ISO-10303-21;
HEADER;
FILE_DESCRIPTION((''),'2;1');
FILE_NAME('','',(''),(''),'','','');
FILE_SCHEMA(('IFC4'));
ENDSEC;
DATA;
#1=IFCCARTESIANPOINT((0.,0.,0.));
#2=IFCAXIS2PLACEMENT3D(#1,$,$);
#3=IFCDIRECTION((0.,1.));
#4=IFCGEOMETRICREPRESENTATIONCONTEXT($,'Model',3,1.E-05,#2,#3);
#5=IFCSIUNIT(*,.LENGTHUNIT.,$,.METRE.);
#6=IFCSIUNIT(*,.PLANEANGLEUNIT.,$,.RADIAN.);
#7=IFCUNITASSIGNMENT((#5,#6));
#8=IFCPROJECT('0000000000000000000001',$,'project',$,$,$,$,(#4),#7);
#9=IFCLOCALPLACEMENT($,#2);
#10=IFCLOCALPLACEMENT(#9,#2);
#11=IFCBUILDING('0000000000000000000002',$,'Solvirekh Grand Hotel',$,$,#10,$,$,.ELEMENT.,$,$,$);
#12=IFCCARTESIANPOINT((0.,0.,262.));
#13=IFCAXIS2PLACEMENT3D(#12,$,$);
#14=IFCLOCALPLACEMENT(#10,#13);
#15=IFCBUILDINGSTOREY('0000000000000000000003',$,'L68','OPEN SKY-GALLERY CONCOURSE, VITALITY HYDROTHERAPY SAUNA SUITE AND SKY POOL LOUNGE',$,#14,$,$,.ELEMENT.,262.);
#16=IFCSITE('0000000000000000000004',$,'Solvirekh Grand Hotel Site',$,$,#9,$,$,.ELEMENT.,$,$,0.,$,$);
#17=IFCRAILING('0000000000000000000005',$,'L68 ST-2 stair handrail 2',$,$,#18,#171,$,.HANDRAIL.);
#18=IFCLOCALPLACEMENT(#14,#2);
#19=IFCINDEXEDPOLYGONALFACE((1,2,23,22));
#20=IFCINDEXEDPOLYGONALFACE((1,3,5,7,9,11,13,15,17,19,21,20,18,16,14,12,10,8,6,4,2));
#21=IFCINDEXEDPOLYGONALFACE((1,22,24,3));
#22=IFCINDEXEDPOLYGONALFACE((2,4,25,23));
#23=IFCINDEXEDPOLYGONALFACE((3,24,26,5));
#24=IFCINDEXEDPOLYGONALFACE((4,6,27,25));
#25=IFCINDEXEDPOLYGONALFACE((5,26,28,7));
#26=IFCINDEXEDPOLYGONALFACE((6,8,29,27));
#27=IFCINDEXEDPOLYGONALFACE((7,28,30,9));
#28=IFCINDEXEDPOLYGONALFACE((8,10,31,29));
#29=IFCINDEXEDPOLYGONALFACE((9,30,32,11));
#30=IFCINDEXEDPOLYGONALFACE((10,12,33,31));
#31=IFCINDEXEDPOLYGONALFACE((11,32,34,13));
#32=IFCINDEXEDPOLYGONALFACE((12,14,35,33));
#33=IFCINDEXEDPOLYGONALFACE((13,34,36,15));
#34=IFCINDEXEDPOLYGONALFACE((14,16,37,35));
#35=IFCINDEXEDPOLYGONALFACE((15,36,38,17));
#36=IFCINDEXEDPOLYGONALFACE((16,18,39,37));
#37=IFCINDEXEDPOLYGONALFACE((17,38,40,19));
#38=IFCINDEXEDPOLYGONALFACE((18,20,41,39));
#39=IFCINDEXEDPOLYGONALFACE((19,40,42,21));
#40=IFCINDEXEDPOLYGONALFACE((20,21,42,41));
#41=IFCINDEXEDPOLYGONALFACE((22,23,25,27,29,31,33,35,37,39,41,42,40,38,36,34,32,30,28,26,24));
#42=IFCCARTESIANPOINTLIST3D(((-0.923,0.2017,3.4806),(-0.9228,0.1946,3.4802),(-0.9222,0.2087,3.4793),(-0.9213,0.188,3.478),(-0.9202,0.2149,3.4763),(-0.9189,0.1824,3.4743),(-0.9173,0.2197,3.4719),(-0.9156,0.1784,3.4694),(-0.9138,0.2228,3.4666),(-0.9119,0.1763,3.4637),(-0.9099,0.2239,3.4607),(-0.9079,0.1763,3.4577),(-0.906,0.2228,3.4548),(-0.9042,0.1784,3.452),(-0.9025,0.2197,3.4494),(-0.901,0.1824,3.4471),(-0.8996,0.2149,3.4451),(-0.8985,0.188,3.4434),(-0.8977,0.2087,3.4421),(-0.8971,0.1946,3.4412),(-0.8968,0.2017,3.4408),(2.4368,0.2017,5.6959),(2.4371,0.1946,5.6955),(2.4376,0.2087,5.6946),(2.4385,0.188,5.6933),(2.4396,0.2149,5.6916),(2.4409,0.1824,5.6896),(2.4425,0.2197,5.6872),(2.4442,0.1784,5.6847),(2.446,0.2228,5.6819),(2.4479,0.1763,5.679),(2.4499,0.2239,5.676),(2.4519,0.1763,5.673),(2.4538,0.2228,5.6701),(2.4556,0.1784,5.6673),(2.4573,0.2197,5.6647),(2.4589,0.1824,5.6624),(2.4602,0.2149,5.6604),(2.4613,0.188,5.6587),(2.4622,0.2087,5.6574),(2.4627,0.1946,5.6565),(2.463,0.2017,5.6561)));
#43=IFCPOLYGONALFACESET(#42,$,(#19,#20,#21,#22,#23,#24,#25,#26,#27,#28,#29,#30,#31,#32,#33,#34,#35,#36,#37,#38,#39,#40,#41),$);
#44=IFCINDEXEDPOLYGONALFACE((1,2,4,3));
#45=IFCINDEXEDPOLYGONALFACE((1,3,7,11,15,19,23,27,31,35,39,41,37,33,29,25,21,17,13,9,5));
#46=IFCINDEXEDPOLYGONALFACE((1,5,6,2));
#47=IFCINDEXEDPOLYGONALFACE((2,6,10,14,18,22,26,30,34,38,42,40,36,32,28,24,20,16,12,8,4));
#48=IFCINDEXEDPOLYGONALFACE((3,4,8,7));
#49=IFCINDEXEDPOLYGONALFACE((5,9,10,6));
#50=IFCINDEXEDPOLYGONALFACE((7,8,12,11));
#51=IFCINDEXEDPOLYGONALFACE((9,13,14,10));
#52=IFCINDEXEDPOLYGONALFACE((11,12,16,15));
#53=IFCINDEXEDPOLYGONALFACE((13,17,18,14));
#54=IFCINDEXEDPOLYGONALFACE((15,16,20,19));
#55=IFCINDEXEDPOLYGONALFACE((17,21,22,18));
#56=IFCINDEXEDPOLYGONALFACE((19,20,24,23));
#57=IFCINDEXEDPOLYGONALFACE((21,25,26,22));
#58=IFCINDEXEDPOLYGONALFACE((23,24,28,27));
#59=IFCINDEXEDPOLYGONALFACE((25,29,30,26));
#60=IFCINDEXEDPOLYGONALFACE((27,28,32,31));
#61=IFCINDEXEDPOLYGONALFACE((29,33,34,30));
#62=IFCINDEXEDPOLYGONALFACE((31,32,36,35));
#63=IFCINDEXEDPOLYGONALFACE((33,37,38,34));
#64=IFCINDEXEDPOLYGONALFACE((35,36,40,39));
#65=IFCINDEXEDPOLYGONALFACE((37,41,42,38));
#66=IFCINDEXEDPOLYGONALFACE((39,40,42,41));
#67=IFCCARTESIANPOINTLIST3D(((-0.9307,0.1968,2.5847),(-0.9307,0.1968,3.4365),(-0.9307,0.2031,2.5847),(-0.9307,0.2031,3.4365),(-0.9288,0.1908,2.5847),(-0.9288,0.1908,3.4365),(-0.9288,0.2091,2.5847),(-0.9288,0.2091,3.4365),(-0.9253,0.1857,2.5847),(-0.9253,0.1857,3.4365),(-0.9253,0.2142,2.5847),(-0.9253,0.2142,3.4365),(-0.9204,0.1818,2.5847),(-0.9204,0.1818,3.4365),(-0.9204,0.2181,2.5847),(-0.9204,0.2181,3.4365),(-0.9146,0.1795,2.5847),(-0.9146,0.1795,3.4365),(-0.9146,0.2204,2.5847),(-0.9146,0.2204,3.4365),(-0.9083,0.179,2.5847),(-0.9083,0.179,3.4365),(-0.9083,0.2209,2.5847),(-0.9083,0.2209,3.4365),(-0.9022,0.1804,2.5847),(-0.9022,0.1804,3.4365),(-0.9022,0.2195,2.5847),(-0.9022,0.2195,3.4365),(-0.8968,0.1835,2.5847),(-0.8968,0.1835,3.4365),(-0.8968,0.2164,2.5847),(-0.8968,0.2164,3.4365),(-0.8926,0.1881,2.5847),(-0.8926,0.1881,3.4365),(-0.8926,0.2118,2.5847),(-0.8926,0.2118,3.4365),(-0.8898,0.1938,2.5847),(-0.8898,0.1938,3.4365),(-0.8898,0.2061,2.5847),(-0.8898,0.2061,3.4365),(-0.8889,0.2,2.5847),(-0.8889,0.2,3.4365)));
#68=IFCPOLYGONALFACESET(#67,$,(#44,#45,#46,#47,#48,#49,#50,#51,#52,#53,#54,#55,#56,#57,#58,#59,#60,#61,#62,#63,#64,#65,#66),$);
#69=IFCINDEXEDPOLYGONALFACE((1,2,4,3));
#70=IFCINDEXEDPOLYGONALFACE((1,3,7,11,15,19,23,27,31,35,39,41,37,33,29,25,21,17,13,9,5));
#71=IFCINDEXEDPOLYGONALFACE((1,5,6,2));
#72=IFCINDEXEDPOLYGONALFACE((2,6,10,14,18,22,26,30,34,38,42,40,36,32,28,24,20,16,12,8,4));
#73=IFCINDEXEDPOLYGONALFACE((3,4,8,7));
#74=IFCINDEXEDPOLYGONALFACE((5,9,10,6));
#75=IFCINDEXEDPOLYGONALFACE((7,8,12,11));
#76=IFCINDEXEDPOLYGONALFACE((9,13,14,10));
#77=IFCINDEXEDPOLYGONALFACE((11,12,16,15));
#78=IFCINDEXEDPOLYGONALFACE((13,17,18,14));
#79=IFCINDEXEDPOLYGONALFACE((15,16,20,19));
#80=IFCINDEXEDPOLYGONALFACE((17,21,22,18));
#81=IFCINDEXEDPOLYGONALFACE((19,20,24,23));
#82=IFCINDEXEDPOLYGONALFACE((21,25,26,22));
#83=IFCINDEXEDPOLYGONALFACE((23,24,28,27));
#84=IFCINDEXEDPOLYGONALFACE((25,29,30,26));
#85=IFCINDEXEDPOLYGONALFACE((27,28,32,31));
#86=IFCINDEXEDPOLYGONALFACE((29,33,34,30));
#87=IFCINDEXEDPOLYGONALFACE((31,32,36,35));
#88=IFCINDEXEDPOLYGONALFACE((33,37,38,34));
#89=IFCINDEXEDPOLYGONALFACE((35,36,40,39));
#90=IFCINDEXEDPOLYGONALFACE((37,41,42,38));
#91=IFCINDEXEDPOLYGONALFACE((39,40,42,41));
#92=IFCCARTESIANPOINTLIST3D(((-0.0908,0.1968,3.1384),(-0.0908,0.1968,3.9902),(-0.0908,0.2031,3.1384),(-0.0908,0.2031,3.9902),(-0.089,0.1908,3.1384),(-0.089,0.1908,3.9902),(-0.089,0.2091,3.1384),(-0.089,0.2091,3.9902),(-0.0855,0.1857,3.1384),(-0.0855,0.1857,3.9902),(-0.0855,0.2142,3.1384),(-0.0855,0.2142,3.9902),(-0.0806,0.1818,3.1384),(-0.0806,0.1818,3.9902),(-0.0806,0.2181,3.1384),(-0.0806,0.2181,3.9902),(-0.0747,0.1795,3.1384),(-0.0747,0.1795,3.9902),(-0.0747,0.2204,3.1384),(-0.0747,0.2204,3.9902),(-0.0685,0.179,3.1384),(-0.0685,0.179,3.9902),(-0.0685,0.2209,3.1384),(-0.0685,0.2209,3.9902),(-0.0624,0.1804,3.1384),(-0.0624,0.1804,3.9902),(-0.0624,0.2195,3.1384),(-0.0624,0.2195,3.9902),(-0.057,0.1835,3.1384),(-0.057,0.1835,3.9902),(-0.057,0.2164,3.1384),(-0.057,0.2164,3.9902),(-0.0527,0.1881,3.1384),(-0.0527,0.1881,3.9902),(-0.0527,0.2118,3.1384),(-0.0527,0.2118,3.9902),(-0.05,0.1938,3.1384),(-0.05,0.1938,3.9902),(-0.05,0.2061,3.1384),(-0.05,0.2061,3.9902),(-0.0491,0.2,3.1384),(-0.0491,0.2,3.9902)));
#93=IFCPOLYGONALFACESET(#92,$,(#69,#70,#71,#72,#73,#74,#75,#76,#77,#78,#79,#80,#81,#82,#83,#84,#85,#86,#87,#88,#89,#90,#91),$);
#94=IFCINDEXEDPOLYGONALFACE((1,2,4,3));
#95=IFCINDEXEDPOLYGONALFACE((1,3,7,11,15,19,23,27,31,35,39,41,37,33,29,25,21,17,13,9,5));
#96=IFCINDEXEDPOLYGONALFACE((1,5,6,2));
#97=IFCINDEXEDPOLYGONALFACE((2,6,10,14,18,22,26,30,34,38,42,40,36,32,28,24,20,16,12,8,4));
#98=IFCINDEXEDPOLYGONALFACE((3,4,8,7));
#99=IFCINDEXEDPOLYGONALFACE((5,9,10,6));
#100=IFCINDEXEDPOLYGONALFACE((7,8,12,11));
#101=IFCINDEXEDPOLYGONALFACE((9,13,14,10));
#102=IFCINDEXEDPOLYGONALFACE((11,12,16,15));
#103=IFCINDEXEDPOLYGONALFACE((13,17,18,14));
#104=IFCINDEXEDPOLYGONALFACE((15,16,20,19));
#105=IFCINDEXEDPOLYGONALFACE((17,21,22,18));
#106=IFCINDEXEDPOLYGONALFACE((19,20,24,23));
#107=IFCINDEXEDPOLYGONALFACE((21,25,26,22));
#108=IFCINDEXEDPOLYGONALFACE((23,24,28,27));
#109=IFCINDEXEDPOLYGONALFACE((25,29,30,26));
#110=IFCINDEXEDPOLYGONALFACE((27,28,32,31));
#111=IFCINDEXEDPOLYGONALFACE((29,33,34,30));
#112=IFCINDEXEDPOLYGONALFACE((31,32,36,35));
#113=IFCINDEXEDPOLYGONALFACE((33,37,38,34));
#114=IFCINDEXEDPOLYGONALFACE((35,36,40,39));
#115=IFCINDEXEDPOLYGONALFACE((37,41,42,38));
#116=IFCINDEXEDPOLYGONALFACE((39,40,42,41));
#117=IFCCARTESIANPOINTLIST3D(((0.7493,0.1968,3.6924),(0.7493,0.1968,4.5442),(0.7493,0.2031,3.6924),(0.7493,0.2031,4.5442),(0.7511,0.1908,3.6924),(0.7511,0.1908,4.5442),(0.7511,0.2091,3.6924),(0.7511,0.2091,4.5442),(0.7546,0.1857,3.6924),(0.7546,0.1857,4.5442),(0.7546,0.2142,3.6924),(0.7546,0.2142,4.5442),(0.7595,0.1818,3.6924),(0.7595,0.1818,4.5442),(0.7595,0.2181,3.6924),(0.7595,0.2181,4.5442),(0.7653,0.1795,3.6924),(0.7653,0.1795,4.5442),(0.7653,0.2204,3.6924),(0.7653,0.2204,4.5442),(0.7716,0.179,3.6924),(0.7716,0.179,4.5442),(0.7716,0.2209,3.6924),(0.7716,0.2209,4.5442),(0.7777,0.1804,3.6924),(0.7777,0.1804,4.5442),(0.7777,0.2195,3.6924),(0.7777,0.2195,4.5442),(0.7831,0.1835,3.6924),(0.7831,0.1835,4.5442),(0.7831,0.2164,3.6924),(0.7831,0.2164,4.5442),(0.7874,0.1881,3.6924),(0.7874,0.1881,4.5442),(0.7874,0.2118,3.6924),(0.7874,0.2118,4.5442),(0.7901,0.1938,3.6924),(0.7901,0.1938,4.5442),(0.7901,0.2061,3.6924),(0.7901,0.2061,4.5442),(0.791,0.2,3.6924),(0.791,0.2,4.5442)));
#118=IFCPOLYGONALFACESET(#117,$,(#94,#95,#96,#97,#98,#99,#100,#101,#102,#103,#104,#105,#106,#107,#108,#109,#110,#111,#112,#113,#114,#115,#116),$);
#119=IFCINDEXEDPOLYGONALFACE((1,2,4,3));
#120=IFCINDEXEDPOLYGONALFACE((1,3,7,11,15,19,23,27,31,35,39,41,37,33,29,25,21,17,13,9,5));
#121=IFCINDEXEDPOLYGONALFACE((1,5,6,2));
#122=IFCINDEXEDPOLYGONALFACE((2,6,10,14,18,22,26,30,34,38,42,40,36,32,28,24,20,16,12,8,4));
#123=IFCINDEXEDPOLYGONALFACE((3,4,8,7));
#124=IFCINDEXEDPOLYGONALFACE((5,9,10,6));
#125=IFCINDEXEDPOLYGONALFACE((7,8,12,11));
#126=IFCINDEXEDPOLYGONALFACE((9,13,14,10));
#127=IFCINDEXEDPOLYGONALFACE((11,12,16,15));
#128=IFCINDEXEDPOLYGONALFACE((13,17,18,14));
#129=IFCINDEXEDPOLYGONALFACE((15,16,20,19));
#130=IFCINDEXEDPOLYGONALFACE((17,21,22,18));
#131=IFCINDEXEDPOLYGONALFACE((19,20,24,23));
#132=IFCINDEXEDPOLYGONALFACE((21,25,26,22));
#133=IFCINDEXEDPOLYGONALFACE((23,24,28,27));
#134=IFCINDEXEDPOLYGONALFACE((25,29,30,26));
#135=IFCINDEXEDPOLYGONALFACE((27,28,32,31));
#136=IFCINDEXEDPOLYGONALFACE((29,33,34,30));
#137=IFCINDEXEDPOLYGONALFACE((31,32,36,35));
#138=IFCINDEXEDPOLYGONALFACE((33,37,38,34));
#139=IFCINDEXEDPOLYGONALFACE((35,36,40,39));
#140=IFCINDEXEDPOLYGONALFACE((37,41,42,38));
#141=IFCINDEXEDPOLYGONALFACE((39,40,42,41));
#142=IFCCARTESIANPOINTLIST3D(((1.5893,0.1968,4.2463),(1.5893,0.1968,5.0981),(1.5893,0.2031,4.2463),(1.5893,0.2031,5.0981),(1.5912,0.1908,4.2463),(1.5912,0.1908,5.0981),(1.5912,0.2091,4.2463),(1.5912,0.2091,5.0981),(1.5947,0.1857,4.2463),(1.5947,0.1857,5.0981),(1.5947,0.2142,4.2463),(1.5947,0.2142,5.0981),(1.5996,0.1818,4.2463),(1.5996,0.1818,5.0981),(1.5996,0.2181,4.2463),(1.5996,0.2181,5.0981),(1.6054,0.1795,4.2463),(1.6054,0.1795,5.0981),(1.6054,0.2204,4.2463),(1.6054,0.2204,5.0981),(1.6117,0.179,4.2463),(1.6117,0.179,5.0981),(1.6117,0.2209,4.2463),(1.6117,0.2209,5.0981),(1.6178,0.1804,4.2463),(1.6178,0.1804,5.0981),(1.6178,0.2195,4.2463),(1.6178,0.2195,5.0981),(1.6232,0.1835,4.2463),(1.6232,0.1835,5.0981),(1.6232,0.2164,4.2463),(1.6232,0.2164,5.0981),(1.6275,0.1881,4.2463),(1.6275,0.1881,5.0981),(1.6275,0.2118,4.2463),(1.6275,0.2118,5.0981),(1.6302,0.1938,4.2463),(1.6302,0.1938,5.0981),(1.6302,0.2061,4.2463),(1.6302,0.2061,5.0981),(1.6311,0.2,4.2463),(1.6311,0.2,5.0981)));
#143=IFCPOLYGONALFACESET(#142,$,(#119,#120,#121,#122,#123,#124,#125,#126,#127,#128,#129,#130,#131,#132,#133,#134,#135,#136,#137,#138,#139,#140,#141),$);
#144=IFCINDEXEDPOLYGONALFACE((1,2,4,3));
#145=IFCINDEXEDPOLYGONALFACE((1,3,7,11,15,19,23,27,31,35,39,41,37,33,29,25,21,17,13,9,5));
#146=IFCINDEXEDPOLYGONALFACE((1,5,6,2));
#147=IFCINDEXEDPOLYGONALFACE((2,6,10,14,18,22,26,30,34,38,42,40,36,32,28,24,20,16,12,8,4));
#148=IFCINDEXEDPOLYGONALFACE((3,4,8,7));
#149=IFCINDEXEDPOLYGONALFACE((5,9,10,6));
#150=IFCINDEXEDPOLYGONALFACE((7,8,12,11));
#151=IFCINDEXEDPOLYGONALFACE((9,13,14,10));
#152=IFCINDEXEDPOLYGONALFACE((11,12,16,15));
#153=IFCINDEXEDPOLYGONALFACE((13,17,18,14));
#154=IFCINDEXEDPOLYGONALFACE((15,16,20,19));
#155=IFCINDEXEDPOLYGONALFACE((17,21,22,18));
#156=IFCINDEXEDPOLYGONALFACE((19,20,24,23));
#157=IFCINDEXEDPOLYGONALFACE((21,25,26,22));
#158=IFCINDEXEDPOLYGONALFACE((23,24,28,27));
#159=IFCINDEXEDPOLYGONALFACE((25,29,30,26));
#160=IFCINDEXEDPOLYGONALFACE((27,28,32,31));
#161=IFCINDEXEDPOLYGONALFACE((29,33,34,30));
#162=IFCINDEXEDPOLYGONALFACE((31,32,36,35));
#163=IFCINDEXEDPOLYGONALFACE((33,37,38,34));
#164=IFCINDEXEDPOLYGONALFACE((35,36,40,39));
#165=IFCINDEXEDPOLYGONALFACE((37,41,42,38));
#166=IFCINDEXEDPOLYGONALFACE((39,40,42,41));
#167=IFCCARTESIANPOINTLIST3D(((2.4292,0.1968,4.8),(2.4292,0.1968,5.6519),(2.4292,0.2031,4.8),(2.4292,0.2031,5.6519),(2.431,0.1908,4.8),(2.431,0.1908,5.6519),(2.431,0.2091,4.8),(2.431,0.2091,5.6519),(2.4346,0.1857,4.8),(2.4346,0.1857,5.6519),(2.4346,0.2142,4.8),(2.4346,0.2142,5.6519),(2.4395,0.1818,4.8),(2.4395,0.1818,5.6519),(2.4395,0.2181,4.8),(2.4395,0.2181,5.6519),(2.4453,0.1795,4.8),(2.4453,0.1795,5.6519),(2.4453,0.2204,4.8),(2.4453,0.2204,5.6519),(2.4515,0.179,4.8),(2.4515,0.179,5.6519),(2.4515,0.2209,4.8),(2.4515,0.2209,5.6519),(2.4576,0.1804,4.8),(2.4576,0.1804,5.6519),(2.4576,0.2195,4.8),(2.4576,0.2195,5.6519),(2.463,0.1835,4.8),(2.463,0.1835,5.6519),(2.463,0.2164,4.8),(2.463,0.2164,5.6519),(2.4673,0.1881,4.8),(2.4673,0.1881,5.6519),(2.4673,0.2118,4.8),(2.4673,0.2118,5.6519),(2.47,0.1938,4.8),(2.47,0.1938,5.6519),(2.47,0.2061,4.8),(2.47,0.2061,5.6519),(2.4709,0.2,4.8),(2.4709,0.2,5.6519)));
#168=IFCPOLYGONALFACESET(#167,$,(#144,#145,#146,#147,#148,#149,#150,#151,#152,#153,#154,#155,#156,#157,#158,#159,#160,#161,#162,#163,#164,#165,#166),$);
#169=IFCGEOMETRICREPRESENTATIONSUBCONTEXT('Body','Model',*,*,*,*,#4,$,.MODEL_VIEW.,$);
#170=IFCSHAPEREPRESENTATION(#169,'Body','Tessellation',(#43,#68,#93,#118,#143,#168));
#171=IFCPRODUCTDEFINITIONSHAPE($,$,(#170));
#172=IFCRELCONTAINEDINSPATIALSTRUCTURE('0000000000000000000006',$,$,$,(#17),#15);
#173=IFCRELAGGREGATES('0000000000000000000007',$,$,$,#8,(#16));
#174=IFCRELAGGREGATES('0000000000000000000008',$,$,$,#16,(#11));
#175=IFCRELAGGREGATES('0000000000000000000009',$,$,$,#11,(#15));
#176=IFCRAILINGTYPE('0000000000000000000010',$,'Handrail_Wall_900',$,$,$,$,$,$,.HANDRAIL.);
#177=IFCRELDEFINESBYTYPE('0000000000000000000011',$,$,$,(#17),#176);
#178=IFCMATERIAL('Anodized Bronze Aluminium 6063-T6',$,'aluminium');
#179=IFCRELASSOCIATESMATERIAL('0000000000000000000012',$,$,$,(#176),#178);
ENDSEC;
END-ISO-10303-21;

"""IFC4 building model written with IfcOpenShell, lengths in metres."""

from ifc_helpers import new_model, si_unit, direction, frame, origin, origin_2d, place, context, subcontext, project, spatial, circle, extrude, material, type_object, element, save


model = new_model("IFC4")

# Units and contexts
model_context = context("Model", 3, precision=1e-05, world=origin(), true_north=direction((0.0, 1.0)))
body_context = subcontext(model_context, "Body", "Model", "MODEL_VIEW")
ifc_project = project(units=[si_unit("LENGTHUNIT", "METRE"), si_unit("PLANEANGLEUNIT", "RADIAN")], contexts=[model_context])

# Site, building, storey
site_placement = place(None, origin())
site = spatial("IfcSite", under=ifc_project, at=site_placement, Name="Solvirekh Grand Hotel Site", CompositionType="ELEMENT", RefElevation=0.0)
building_placement = place(site_placement, origin())
building = spatial("IfcBuilding", under=site, at=building_placement, Name="Solvirekh Grand Hotel", CompositionType="ELEMENT")
storey_placement = place(building_placement, frame((0.0, 0.0, 262.0)))
storey = spatial("IfcBuildingStorey", under=building, at=storey_placement, Name="L68", Description="OPEN SKY-GALLERY CONCOURSE, VITALITY HYDROTHERAPY SAUNA SUITE AND SKY POOL LOUNGE", CompositionType="ELEMENT", Elevation=262.0)

# Railing
ifc_material_1 = material(Name="Anodized Bronze Aluminium 6063-T6", Category="aluminium")
railing_type_1 = type_object("IfcRailingType", Name="Handrail_Wall_900", PredefinedType="HANDRAIL", material=ifc_material_1)
railing_1_placement = place(storey_placement, frame((-0.9099, 0.2, 2.5847)))
element("IfcRailing", 1, at=railing_1_placement, inside=storey, type_object=railing_type_1, Name="L68 ST-2 stair handrail 2", PredefinedType="HANDRAIL", context=body_context, shape_type="SweptSolid", body=[
    extrude(circle(Radius=0.0239, at=origin_2d()), frame((0.0, 0.0, 0.876), z_axis=(0.834858, 0.0, 0.550465), x_axis=(0.0, 1.0, 0.0)), (0.0, 0.0, 1.0), 4.0244),
    extrude(circle(Radius=0.021, at=origin_2d()), origin(), (0.0, 0.0, 1.0), 0.8518),
    extrude(circle(Radius=0.021, at=origin_2d()), frame((0.8398, 0.0, 0.5537)), (0.0, 0.0, 1.0), 0.8518),
    extrude(circle(Radius=0.021, at=origin_2d()), frame((1.6799, 0.0, 1.1077)), (0.0, 0.0, 1.0), 0.8518),
    extrude(circle(Radius=0.021, at=origin_2d()), frame((2.52, 0.0, 1.6616)), (0.0, 0.0, 1.0), 0.8518),
    extrude(circle(Radius=0.021, at=origin_2d()), frame((3.3599, 0.0, 2.2153)), (0.0, 0.0, 1.0), 0.8518),
])

save(model, "model.ifc")
